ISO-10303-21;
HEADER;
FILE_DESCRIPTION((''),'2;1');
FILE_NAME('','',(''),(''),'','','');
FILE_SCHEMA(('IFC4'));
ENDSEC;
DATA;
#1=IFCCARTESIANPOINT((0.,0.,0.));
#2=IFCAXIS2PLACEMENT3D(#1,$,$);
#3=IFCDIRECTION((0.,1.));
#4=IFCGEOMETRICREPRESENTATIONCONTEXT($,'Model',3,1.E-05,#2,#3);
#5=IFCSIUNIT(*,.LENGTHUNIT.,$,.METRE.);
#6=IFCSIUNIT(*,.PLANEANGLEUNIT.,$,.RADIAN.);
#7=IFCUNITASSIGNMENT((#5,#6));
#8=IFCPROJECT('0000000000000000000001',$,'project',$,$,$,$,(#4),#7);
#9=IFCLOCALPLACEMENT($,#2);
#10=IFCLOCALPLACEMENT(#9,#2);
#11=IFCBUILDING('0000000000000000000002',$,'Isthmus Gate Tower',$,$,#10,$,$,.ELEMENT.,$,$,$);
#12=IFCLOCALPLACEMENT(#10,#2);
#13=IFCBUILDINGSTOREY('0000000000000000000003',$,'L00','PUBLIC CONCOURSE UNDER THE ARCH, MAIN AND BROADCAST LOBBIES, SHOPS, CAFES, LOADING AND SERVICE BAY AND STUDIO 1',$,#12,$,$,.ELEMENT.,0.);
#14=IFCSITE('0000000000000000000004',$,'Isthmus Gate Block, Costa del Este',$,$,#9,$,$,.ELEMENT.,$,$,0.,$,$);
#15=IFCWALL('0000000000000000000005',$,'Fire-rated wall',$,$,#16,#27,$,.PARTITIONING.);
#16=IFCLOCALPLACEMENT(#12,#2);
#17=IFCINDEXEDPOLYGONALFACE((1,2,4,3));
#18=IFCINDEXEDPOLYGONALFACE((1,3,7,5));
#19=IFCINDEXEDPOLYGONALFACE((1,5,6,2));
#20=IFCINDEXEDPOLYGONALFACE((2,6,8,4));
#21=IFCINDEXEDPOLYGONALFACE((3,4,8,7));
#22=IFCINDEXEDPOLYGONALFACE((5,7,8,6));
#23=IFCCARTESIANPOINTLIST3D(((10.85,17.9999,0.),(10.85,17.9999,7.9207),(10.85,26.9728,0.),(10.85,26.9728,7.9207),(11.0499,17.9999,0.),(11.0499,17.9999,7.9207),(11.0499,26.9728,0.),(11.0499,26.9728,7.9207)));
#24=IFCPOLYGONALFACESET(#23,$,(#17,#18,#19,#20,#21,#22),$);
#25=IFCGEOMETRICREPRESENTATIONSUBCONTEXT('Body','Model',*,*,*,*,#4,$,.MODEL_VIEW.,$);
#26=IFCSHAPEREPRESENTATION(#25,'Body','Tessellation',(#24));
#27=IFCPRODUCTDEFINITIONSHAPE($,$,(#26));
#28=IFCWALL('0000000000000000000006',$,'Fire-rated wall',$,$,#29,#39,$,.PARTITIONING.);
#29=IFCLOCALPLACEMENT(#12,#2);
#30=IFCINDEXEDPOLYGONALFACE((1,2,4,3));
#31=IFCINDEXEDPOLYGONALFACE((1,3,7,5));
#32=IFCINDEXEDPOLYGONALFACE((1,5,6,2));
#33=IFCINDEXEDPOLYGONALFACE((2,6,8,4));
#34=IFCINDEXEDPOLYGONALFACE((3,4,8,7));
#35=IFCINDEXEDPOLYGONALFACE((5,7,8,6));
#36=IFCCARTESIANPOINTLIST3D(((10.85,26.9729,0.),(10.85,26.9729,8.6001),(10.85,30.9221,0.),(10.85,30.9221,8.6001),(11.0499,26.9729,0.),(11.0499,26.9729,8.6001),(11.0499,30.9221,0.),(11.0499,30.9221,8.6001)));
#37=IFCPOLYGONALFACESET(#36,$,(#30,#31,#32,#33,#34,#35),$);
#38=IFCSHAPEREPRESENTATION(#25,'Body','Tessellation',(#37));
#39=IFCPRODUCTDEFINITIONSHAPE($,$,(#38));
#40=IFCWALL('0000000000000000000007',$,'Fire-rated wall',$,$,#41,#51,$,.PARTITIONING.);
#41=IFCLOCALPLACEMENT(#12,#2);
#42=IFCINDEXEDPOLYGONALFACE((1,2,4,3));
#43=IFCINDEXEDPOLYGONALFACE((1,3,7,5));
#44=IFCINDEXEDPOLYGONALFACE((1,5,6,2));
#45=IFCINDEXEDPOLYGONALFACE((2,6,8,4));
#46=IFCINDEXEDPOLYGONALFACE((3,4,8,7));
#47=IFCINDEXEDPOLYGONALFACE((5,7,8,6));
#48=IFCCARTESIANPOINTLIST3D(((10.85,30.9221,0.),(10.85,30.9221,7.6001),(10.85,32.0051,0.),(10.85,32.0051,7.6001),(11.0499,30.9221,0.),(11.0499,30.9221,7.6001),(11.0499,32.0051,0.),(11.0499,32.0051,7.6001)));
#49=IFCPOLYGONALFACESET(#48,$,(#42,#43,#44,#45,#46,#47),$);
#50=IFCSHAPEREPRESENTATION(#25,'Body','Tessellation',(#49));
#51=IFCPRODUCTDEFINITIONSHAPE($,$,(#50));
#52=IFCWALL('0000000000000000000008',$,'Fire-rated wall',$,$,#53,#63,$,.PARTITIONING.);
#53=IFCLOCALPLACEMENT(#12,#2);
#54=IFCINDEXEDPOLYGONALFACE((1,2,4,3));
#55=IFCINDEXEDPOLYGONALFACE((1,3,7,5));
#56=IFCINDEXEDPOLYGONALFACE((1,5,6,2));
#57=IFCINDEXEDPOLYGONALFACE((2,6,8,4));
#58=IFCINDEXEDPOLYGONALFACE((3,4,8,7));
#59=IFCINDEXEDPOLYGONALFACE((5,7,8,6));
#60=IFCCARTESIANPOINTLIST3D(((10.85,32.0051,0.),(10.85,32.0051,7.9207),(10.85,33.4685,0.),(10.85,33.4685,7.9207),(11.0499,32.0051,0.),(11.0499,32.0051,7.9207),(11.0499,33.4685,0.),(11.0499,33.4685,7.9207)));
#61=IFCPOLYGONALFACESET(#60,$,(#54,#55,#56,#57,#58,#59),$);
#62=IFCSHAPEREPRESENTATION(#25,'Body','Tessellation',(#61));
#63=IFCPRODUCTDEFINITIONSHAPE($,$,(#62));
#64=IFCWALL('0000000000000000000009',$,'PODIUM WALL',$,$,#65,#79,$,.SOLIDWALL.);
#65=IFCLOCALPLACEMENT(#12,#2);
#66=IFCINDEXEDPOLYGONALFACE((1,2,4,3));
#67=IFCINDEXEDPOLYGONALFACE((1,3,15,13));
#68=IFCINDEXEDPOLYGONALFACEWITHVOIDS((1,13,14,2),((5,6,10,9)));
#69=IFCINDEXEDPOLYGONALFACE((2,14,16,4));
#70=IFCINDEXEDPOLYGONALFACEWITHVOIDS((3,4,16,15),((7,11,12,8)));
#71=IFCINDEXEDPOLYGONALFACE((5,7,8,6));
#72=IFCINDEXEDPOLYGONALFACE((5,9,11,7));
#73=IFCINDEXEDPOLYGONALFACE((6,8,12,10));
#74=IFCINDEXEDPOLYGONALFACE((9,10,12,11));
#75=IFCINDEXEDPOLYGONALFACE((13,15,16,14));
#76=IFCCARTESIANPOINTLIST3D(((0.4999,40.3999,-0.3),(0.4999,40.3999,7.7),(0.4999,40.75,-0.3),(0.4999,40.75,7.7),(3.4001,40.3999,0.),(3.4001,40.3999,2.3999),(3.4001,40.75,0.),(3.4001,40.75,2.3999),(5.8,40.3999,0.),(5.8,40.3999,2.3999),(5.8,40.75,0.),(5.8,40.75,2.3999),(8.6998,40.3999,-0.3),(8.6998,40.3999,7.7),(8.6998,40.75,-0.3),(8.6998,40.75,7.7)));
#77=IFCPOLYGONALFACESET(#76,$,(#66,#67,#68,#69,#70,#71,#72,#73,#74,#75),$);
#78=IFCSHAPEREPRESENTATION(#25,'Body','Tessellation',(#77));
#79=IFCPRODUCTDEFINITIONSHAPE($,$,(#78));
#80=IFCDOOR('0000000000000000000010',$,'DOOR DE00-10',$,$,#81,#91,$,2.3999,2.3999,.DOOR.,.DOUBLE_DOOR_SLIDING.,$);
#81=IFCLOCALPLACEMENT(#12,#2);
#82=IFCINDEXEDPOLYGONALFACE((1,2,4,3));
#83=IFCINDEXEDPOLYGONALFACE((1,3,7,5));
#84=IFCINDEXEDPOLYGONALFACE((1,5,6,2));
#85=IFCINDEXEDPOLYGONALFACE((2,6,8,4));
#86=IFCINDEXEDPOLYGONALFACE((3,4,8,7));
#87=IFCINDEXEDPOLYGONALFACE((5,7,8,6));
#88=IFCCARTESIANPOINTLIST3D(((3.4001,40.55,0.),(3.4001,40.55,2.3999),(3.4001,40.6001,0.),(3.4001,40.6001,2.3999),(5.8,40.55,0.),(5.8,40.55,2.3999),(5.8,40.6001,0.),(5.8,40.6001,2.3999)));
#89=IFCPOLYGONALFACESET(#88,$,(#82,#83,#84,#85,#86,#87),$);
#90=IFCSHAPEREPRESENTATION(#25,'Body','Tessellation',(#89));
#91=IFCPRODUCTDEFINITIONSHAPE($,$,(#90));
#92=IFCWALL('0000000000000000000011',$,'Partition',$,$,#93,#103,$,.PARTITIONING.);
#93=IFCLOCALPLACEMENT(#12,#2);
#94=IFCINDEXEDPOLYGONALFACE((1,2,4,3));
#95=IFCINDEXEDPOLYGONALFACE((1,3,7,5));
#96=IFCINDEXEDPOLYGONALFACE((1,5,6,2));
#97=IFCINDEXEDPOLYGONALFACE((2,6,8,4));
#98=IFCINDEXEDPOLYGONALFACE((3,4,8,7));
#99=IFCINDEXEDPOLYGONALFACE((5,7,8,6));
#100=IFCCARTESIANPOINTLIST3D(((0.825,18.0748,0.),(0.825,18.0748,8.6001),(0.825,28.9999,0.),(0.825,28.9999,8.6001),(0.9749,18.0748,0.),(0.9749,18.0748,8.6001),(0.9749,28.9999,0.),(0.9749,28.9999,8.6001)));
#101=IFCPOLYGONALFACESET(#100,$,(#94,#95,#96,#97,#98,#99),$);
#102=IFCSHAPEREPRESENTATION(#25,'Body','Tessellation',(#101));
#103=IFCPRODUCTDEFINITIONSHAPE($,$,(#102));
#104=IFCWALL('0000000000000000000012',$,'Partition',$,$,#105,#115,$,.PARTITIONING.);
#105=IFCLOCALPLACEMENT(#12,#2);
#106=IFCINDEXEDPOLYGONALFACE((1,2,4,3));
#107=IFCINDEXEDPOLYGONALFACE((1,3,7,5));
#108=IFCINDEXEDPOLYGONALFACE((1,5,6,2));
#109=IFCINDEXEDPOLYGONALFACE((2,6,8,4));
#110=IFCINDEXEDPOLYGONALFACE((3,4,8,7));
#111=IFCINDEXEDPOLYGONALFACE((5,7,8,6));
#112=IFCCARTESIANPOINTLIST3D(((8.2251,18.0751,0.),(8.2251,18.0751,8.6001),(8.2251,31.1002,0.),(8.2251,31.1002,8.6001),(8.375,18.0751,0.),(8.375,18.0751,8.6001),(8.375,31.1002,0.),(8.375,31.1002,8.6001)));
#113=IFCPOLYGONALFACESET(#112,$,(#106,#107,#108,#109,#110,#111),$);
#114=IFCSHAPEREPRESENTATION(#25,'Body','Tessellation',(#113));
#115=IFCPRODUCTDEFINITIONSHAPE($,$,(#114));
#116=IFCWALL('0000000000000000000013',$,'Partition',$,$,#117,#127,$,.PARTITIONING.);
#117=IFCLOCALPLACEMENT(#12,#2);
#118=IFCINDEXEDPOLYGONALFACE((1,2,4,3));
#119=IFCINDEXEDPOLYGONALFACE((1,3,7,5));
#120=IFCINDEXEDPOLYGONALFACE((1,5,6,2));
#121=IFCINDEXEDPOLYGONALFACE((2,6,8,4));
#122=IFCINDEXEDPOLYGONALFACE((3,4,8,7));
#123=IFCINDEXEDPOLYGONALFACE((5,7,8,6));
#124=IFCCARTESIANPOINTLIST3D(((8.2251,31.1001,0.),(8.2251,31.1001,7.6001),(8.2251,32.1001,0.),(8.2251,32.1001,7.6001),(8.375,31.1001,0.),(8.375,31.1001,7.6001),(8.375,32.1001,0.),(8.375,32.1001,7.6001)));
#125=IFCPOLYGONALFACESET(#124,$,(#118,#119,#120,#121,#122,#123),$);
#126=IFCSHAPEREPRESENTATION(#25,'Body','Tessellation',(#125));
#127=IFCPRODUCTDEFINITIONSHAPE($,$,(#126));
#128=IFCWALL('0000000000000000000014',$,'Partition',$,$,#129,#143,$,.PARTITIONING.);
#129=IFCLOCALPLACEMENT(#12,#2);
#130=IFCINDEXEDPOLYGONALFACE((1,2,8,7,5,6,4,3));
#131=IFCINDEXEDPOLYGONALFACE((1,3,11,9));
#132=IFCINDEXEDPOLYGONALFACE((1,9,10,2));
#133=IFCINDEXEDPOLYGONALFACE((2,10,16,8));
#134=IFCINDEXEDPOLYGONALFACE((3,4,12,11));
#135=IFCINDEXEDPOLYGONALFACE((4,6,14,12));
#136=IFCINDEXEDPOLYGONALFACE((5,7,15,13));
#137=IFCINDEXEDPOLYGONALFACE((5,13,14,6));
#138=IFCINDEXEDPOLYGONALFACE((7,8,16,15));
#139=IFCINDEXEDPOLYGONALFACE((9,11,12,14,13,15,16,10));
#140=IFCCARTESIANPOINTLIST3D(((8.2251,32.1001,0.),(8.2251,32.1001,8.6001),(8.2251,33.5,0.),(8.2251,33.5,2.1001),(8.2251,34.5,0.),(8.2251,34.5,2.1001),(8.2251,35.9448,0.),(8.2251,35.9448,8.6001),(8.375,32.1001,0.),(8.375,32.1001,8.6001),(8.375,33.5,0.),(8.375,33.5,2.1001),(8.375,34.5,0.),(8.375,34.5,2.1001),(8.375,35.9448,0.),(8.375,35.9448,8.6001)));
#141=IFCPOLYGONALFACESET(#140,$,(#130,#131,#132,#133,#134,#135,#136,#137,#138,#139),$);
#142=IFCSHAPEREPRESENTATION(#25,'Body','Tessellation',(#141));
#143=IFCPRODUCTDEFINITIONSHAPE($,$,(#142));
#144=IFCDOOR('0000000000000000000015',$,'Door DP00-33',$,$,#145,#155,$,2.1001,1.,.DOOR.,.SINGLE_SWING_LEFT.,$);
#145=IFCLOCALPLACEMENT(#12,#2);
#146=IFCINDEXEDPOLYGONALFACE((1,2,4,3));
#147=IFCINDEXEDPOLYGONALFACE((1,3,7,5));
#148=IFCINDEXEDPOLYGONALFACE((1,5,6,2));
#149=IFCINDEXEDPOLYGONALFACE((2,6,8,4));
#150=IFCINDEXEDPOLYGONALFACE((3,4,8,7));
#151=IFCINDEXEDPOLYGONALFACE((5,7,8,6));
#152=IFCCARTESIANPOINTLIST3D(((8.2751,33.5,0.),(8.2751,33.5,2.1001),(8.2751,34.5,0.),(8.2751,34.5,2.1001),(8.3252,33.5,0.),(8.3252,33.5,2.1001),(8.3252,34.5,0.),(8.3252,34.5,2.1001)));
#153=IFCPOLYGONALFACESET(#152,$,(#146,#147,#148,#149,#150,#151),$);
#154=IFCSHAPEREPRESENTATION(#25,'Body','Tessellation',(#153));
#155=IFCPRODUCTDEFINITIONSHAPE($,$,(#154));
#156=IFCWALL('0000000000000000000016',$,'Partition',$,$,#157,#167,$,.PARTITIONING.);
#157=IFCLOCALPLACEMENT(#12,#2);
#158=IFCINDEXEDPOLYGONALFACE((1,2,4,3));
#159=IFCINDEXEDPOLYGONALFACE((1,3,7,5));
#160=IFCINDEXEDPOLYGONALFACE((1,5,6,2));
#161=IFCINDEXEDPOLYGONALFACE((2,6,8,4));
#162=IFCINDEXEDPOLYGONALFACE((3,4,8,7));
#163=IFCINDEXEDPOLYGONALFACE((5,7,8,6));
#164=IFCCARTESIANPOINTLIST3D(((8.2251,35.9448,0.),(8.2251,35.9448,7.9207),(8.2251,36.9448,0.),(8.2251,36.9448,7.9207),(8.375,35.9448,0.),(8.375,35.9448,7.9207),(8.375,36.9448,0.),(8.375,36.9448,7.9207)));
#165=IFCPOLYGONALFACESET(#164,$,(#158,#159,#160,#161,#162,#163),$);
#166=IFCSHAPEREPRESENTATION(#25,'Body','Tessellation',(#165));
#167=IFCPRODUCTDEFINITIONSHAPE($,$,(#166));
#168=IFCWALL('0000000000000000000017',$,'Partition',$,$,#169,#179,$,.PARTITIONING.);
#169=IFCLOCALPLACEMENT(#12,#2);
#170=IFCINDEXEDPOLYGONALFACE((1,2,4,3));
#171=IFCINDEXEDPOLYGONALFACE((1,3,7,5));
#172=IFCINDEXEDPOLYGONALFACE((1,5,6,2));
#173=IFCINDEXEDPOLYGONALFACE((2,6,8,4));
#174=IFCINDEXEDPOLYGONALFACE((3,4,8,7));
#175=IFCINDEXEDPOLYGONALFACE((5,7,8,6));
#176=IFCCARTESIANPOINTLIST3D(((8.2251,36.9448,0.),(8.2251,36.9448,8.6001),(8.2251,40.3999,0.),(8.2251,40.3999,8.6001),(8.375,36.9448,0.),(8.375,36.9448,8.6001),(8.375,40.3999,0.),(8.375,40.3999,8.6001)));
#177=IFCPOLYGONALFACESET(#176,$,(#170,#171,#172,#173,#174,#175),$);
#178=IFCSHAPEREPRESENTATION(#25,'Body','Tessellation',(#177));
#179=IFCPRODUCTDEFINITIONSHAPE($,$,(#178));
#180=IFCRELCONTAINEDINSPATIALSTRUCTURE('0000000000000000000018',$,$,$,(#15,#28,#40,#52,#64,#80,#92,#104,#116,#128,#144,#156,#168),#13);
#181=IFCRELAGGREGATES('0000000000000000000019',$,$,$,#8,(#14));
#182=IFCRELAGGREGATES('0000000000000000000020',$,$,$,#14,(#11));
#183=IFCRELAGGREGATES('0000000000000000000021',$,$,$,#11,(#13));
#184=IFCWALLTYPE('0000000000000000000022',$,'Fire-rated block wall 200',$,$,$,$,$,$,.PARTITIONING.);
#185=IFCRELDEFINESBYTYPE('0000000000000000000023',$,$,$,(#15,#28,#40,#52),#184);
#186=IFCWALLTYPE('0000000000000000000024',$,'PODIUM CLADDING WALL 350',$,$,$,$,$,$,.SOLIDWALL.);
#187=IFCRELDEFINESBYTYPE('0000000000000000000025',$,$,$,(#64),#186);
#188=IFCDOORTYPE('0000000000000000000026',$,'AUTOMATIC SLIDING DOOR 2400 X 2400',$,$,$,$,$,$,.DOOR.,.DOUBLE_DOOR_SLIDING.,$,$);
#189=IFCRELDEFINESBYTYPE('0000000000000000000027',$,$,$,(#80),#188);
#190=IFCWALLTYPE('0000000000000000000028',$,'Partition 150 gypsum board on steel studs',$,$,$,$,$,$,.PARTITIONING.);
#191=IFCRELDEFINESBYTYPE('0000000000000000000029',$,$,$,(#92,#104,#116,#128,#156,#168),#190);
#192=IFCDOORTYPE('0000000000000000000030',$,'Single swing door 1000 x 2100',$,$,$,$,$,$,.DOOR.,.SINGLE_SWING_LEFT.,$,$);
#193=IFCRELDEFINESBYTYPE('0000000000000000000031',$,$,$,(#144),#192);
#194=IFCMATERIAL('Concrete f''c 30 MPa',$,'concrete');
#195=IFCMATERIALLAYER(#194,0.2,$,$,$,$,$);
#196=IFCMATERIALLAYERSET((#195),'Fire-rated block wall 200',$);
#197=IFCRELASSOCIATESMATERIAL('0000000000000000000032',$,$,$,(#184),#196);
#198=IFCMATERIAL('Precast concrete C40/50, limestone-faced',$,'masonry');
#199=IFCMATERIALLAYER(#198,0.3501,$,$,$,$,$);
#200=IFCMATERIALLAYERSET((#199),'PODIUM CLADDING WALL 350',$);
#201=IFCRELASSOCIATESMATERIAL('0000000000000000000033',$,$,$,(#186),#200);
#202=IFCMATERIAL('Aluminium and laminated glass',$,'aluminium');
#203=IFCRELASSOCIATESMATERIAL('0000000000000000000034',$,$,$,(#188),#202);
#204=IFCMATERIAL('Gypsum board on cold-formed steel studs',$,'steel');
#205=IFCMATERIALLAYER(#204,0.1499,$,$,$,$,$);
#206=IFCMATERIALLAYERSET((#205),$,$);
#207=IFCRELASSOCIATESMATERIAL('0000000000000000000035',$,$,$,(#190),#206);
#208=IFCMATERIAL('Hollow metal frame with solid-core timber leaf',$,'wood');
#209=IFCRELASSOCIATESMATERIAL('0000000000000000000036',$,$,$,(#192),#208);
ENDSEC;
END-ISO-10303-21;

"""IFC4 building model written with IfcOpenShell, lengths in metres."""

from ifc_helpers import new_model, si_unit, direction, frame, frame_2d, origin, place, context, subcontext, project, spatial, rectangle, extrude, material, layer, layer_set, type_object, element, fill, save


model = new_model("IFC4")

# Units and contexts
model_context = context("Model", 3, precision=1e-05, world=origin(), true_north=direction((0.0, 1.0)))
body_context = subcontext(model_context, "Body", "Model", "MODEL_VIEW")
ifc_project = project(units=[si_unit("LENGTHUNIT", "METRE"), si_unit("PLANEANGLEUNIT", "RADIAN")], contexts=[model_context])

# Site, building, storey
site_placement = place(None, origin())
site = spatial("IfcSite", under=ifc_project, at=site_placement, Name="Isthmus Gate Block, Costa del Este", CompositionType="ELEMENT", RefElevation=0.0)
building_placement = place(site_placement, origin())
building = spatial("IfcBuilding", under=site, at=building_placement, Name="Isthmus Gate Tower", CompositionType="ELEMENT")
storey_placement = place(building_placement, origin())
storey = spatial("IfcBuildingStorey", under=building, at=storey_placement, Name="L00", Description="PUBLIC CONCOURSE UNDER THE ARCH, MAIN AND BROADCAST LOBBIES, SHOPS, CAFES, LOADING AND SERVICE BAY AND STUDIO 1", CompositionType="ELEMENT", Elevation=0.0)

# Shared definitions
ifc_material_1 = material(Name="Concrete f'c 30 MPa", Category="concrete")
ifc_layer_1 = layer(ifc_material_1, 0.2)
ifc_layer_set_1 = layer_set([ifc_layer_1], Name="Fire-rated block wall 200")
wall_type_1 = type_object("IfcWallType", Name="Fire-rated block wall 200", PredefinedType="PARTITIONING", material=ifc_layer_set_1)

# Walls
wall_1_placement = place(storey_placement, frame((10.95, 18.0, 0.0), z_axis=(0.0, 0.0, 1.0), x_axis=(0.0, 1.0, 0.0)))
element("IfcWall", 1, at=wall_1_placement, inside=storey, type_object=wall_type_1, Name="Fire-rated wall", PredefinedType="PARTITIONING", context=body_context, shape_type="SweptSolid", body=[
    extrude(rectangle(XDim=8.9729, YDim=0.2, at=frame_2d((4.4863, 0.0))), origin(), (0.0, 0.0, 1.0), 7.9207),
])
wall_2_placement = place(storey_placement, frame((10.95, 26.9729, 0.0), z_axis=(0.0, 0.0, 1.0), x_axis=(0.0, 1.0, 0.0)))
element("IfcWall", 2, at=wall_2_placement, inside=storey, type_object=wall_type_1, Name="Fire-rated wall", PredefinedType="PARTITIONING", context=body_context, shape_type="SweptSolid", body=[
    extrude(rectangle(XDim=3.9492, YDim=0.2, at=frame_2d((1.9746, 0.0))), origin(), (0.0, 0.0, 1.0), 8.6001),
])
wall_3_placement = place(storey_placement, frame((10.95, 30.9221, 0.0), z_axis=(0.0, 0.0, 1.0), x_axis=(0.0, 1.0, 0.0)))
element("IfcWall", 3, at=wall_3_placement, inside=storey, type_object=wall_type_1, Name="Fire-rated wall", PredefinedType="PARTITIONING", context=body_context, shape_type="SweptSolid", body=[
    extrude(rectangle(XDim=1.083, YDim=0.2, at=frame_2d((0.5415, 0.0))), origin(), (0.0, 0.0, 1.0), 7.6001),
])
wall_4_placement = place(storey_placement, frame((10.95, 32.0051, 0.0), z_axis=(0.0, 0.0, 1.0), x_axis=(0.0, 1.0, 0.0)))
element("IfcWall", 4, at=wall_4_placement, inside=storey, type_object=wall_type_1, Name="Fire-rated wall", PredefinedType="PARTITIONING", context=body_context, shape_type="SweptSolid", body=[
    extrude(rectangle(XDim=1.4634, YDim=0.2, at=frame_2d((0.7317, 0.0))), origin(), (0.0, 0.0, 1.0), 7.9207),
])

# Wall, opening, door
ifc_material_2 = material(Name="Precast concrete C40/50, limestone-faced", Category="masonry")
ifc_layer_2 = layer(ifc_material_2, 0.3501)
ifc_layer_set_2 = layer_set([ifc_layer_2], Name="PODIUM CLADDING WALL 350")
wall_type_2 = type_object("IfcWallType", Name="PODIUM CLADDING WALL 350", PredefinedType="SOLIDWALL", material=ifc_layer_set_2)
wall_5_placement = place(storey_placement, frame((8.7, 40.575, -0.3), z_axis=(0.0, 0.0, 1.0), x_axis=(-1.0, 0.0, 0.0)))
wall_5 = element("IfcWall", 5, at=wall_5_placement, inside=storey, type_object=wall_type_2, Name="PODIUM WALL", PredefinedType="SOLIDWALL", context=body_context, shape_type="SweptSolid", body=[
    extrude(rectangle(XDim=8.2, YDim=0.3501, at=frame_2d((4.1001, 0.0))), origin(), (0.0, 0.0, 1.0), 8.0),
])
opening_1_placement = place(wall_5_placement, frame((2.8999, 0.0, 0.3)))
opening_1 = element("IfcOpeningElement", 6, at=opening_1_placement, cuts=wall_5, PredefinedType="OPENING", context=body_context, shape_type="SweptSolid", body=[
    extrude(rectangle(XDim=2.3999, YDim=2.3999, at=frame_2d((1.2, 1.2))), frame((0.0, 0.1851, 0.0), z_axis=(0.0, -1.0, 0.0), x_axis=(1.0, 0.0, 0.0)), (0.0, 0.0, 1.0), 0.3701),
])
ifc_material_3 = material(Name="Aluminium and laminated glass", Category="aluminium")
door_type_1 = type_object("IfcDoorType", Name="AUTOMATIC SLIDING DOOR 2400 X 2400", OperationType="DOUBLE_DOOR_SLIDING", PredefinedType="DOOR", material=ifc_material_3)
door_1_placement = place(opening_1_placement, origin())
door_1 = element("IfcDoor", 7, at=door_1_placement, inside=storey, type_object=door_type_1, Name="DOOR DE00-10", OperationType="DOUBLE_DOOR_SLIDING", OverallHeight=2.3999, OverallWidth=2.3999, PredefinedType="DOOR", context=body_context, shape_type="SweptSolid", body=[
    extrude(rectangle(XDim=2.3999, YDim=2.3999, at=frame_2d((1.2, 1.2))), frame((0.0, 0.0249, 0.0), z_axis=(0.0, -1.0, 0.0), x_axis=(1.0, 0.0, 0.0)), (0.0, 0.0, 1.0), 0.05),
])
fill(opening_1, door_1)

# Walls
ifc_material_4 = material(Name="Gypsum board on cold-formed steel studs", Category="steel")
ifc_layer_3 = layer(ifc_material_4, 0.1499)
ifc_layer_set_3 = layer_set([ifc_layer_3])
wall_type_3 = type_object("IfcWallType", Name="Partition 150 gypsum board on steel studs", PredefinedType="PARTITIONING", material=ifc_layer_set_3)
wall_6_placement = place(storey_placement, frame((0.8999, 18.075, 0.0), z_axis=(0.0, 0.0, 1.0), x_axis=(0.0, 1.0, 0.0)))
element("IfcWall", 8, at=wall_6_placement, inside=storey, type_object=wall_type_3, Name="Partition", PredefinedType="PARTITIONING", context=body_context, shape_type="SweptSolid", body=[
    extrude(rectangle(XDim=10.925, YDim=0.1499, at=frame_2d((5.4624, 0.0))), origin(), (0.0, 0.0, 1.0), 8.6001),
])
wall_7_placement = place(storey_placement, frame((8.3, 18.075, 0.0), z_axis=(0.0, 0.0, 1.0), x_axis=(0.0, 1.0, 0.0)))
element("IfcWall", 9, at=wall_7_placement, inside=storey, type_object=wall_type_3, Name="Partition", PredefinedType="PARTITIONING", context=body_context, shape_type="SweptSolid", body=[
    extrude(rectangle(XDim=13.0251, YDim=0.1499, at=frame_2d((6.5127, 0.0))), origin(), (0.0, 0.0, 1.0), 8.6001),
])
wall_8_placement = place(storey_placement, frame((8.3, 31.1001, 0.0), z_axis=(0.0, 0.0, 1.0), x_axis=(0.0, 1.0, 0.0)))
element("IfcWall", 10, at=wall_8_placement, inside=storey, type_object=wall_type_3, Name="Partition", PredefinedType="PARTITIONING", context=body_context, shape_type="SweptSolid", body=[
    extrude(rectangle(XDim=1.0, YDim=0.1499, at=frame_2d((0.5, 0.0))), origin(), (0.0, 0.0, 1.0), 7.6001),
])

# Wall, opening, door
wall_9_placement = place(storey_placement, frame((8.3, 32.1001, 0.0), z_axis=(0.0, 0.0, 1.0), x_axis=(0.0, 1.0, 0.0)))
wall_9 = element("IfcWall", 11, at=wall_9_placement, inside=storey, type_object=wall_type_3, Name="Partition", PredefinedType="PARTITIONING", context=body_context, shape_type="SweptSolid", body=[
    extrude(rectangle(XDim=3.8447, YDim=0.1499, at=frame_2d((1.9224, 0.0))), origin(), (0.0, 0.0, 1.0), 8.6001),
])
opening_2_placement = place(wall_9_placement, frame((1.3999, 0.0, 0.0)))
opening_2 = element("IfcOpeningElement", 12, at=opening_2_placement, cuts=wall_9, PredefinedType="OPENING", context=body_context, shape_type="SweptSolid", body=[
    extrude(rectangle(XDim=1.0, YDim=2.1001, at=frame_2d((0.5, 1.05))), frame((0.0, 0.085, 0.0), z_axis=(0.0, -1.0, 0.0), x_axis=(1.0, 0.0, 0.0)), (0.0, 0.0, 1.0), 0.1699),
])
ifc_material_5 = material(Name="Hollow metal frame with solid-core timber leaf", Category="wood")
door_type_2 = type_object("IfcDoorType", Name="Single swing door 1000 x 2100", OperationType="SINGLE_SWING_LEFT", PredefinedType="DOOR", material=ifc_material_5)
door_2_placement = place(opening_2_placement, origin())
door_2 = element("IfcDoor", 13, at=door_2_placement, inside=storey, type_object=door_type_2, Name="Door DP00-33", OperationType="SINGLE_SWING_LEFT", OverallHeight=2.1001, OverallWidth=1.0, PredefinedType="DOOR", context=body_context, shape_type="SweptSolid", body=[
    extrude(rectangle(XDim=1.0, YDim=2.1001, at=frame_2d((0.5, 1.05))), frame((0.0, 0.0249, 0.0), z_axis=(0.0, -1.0, 0.0), x_axis=(1.0, 0.0, 0.0)), (0.0, 0.0, 1.0), 0.05),
])
fill(opening_2, door_2)

# Walls
wall_10_placement = place(storey_placement, frame((8.3, 35.9448, 0.0), z_axis=(0.0, 0.0, 1.0), x_axis=(0.0, 1.0, 0.0)))
element("IfcWall", 14, at=wall_10_placement, inside=storey, type_object=wall_type_3, Name="Partition", PredefinedType="PARTITIONING", context=body_context, shape_type="SweptSolid", body=[
    extrude(rectangle(XDim=1.0, YDim=0.1499, at=frame_2d((0.5, 0.0))), origin(), (0.0, 0.0, 1.0), 7.9207),
])
wall_11_placement = place(storey_placement, frame((8.3, 36.9448, 0.0), z_axis=(0.0, 0.0, 1.0), x_axis=(0.0, 1.0, 0.0)))
element("IfcWall", 15, at=wall_11_placement, inside=storey, type_object=wall_type_3, Name="Partition", PredefinedType="PARTITIONING", context=body_context, shape_type="SweptSolid", body=[
    extrude(rectangle(XDim=3.4551, YDim=0.1499, at=frame_2d((1.7275, 0.0))), origin(), (0.0, 0.0, 1.0), 8.6001),
])

save(model, "model.ifc")
